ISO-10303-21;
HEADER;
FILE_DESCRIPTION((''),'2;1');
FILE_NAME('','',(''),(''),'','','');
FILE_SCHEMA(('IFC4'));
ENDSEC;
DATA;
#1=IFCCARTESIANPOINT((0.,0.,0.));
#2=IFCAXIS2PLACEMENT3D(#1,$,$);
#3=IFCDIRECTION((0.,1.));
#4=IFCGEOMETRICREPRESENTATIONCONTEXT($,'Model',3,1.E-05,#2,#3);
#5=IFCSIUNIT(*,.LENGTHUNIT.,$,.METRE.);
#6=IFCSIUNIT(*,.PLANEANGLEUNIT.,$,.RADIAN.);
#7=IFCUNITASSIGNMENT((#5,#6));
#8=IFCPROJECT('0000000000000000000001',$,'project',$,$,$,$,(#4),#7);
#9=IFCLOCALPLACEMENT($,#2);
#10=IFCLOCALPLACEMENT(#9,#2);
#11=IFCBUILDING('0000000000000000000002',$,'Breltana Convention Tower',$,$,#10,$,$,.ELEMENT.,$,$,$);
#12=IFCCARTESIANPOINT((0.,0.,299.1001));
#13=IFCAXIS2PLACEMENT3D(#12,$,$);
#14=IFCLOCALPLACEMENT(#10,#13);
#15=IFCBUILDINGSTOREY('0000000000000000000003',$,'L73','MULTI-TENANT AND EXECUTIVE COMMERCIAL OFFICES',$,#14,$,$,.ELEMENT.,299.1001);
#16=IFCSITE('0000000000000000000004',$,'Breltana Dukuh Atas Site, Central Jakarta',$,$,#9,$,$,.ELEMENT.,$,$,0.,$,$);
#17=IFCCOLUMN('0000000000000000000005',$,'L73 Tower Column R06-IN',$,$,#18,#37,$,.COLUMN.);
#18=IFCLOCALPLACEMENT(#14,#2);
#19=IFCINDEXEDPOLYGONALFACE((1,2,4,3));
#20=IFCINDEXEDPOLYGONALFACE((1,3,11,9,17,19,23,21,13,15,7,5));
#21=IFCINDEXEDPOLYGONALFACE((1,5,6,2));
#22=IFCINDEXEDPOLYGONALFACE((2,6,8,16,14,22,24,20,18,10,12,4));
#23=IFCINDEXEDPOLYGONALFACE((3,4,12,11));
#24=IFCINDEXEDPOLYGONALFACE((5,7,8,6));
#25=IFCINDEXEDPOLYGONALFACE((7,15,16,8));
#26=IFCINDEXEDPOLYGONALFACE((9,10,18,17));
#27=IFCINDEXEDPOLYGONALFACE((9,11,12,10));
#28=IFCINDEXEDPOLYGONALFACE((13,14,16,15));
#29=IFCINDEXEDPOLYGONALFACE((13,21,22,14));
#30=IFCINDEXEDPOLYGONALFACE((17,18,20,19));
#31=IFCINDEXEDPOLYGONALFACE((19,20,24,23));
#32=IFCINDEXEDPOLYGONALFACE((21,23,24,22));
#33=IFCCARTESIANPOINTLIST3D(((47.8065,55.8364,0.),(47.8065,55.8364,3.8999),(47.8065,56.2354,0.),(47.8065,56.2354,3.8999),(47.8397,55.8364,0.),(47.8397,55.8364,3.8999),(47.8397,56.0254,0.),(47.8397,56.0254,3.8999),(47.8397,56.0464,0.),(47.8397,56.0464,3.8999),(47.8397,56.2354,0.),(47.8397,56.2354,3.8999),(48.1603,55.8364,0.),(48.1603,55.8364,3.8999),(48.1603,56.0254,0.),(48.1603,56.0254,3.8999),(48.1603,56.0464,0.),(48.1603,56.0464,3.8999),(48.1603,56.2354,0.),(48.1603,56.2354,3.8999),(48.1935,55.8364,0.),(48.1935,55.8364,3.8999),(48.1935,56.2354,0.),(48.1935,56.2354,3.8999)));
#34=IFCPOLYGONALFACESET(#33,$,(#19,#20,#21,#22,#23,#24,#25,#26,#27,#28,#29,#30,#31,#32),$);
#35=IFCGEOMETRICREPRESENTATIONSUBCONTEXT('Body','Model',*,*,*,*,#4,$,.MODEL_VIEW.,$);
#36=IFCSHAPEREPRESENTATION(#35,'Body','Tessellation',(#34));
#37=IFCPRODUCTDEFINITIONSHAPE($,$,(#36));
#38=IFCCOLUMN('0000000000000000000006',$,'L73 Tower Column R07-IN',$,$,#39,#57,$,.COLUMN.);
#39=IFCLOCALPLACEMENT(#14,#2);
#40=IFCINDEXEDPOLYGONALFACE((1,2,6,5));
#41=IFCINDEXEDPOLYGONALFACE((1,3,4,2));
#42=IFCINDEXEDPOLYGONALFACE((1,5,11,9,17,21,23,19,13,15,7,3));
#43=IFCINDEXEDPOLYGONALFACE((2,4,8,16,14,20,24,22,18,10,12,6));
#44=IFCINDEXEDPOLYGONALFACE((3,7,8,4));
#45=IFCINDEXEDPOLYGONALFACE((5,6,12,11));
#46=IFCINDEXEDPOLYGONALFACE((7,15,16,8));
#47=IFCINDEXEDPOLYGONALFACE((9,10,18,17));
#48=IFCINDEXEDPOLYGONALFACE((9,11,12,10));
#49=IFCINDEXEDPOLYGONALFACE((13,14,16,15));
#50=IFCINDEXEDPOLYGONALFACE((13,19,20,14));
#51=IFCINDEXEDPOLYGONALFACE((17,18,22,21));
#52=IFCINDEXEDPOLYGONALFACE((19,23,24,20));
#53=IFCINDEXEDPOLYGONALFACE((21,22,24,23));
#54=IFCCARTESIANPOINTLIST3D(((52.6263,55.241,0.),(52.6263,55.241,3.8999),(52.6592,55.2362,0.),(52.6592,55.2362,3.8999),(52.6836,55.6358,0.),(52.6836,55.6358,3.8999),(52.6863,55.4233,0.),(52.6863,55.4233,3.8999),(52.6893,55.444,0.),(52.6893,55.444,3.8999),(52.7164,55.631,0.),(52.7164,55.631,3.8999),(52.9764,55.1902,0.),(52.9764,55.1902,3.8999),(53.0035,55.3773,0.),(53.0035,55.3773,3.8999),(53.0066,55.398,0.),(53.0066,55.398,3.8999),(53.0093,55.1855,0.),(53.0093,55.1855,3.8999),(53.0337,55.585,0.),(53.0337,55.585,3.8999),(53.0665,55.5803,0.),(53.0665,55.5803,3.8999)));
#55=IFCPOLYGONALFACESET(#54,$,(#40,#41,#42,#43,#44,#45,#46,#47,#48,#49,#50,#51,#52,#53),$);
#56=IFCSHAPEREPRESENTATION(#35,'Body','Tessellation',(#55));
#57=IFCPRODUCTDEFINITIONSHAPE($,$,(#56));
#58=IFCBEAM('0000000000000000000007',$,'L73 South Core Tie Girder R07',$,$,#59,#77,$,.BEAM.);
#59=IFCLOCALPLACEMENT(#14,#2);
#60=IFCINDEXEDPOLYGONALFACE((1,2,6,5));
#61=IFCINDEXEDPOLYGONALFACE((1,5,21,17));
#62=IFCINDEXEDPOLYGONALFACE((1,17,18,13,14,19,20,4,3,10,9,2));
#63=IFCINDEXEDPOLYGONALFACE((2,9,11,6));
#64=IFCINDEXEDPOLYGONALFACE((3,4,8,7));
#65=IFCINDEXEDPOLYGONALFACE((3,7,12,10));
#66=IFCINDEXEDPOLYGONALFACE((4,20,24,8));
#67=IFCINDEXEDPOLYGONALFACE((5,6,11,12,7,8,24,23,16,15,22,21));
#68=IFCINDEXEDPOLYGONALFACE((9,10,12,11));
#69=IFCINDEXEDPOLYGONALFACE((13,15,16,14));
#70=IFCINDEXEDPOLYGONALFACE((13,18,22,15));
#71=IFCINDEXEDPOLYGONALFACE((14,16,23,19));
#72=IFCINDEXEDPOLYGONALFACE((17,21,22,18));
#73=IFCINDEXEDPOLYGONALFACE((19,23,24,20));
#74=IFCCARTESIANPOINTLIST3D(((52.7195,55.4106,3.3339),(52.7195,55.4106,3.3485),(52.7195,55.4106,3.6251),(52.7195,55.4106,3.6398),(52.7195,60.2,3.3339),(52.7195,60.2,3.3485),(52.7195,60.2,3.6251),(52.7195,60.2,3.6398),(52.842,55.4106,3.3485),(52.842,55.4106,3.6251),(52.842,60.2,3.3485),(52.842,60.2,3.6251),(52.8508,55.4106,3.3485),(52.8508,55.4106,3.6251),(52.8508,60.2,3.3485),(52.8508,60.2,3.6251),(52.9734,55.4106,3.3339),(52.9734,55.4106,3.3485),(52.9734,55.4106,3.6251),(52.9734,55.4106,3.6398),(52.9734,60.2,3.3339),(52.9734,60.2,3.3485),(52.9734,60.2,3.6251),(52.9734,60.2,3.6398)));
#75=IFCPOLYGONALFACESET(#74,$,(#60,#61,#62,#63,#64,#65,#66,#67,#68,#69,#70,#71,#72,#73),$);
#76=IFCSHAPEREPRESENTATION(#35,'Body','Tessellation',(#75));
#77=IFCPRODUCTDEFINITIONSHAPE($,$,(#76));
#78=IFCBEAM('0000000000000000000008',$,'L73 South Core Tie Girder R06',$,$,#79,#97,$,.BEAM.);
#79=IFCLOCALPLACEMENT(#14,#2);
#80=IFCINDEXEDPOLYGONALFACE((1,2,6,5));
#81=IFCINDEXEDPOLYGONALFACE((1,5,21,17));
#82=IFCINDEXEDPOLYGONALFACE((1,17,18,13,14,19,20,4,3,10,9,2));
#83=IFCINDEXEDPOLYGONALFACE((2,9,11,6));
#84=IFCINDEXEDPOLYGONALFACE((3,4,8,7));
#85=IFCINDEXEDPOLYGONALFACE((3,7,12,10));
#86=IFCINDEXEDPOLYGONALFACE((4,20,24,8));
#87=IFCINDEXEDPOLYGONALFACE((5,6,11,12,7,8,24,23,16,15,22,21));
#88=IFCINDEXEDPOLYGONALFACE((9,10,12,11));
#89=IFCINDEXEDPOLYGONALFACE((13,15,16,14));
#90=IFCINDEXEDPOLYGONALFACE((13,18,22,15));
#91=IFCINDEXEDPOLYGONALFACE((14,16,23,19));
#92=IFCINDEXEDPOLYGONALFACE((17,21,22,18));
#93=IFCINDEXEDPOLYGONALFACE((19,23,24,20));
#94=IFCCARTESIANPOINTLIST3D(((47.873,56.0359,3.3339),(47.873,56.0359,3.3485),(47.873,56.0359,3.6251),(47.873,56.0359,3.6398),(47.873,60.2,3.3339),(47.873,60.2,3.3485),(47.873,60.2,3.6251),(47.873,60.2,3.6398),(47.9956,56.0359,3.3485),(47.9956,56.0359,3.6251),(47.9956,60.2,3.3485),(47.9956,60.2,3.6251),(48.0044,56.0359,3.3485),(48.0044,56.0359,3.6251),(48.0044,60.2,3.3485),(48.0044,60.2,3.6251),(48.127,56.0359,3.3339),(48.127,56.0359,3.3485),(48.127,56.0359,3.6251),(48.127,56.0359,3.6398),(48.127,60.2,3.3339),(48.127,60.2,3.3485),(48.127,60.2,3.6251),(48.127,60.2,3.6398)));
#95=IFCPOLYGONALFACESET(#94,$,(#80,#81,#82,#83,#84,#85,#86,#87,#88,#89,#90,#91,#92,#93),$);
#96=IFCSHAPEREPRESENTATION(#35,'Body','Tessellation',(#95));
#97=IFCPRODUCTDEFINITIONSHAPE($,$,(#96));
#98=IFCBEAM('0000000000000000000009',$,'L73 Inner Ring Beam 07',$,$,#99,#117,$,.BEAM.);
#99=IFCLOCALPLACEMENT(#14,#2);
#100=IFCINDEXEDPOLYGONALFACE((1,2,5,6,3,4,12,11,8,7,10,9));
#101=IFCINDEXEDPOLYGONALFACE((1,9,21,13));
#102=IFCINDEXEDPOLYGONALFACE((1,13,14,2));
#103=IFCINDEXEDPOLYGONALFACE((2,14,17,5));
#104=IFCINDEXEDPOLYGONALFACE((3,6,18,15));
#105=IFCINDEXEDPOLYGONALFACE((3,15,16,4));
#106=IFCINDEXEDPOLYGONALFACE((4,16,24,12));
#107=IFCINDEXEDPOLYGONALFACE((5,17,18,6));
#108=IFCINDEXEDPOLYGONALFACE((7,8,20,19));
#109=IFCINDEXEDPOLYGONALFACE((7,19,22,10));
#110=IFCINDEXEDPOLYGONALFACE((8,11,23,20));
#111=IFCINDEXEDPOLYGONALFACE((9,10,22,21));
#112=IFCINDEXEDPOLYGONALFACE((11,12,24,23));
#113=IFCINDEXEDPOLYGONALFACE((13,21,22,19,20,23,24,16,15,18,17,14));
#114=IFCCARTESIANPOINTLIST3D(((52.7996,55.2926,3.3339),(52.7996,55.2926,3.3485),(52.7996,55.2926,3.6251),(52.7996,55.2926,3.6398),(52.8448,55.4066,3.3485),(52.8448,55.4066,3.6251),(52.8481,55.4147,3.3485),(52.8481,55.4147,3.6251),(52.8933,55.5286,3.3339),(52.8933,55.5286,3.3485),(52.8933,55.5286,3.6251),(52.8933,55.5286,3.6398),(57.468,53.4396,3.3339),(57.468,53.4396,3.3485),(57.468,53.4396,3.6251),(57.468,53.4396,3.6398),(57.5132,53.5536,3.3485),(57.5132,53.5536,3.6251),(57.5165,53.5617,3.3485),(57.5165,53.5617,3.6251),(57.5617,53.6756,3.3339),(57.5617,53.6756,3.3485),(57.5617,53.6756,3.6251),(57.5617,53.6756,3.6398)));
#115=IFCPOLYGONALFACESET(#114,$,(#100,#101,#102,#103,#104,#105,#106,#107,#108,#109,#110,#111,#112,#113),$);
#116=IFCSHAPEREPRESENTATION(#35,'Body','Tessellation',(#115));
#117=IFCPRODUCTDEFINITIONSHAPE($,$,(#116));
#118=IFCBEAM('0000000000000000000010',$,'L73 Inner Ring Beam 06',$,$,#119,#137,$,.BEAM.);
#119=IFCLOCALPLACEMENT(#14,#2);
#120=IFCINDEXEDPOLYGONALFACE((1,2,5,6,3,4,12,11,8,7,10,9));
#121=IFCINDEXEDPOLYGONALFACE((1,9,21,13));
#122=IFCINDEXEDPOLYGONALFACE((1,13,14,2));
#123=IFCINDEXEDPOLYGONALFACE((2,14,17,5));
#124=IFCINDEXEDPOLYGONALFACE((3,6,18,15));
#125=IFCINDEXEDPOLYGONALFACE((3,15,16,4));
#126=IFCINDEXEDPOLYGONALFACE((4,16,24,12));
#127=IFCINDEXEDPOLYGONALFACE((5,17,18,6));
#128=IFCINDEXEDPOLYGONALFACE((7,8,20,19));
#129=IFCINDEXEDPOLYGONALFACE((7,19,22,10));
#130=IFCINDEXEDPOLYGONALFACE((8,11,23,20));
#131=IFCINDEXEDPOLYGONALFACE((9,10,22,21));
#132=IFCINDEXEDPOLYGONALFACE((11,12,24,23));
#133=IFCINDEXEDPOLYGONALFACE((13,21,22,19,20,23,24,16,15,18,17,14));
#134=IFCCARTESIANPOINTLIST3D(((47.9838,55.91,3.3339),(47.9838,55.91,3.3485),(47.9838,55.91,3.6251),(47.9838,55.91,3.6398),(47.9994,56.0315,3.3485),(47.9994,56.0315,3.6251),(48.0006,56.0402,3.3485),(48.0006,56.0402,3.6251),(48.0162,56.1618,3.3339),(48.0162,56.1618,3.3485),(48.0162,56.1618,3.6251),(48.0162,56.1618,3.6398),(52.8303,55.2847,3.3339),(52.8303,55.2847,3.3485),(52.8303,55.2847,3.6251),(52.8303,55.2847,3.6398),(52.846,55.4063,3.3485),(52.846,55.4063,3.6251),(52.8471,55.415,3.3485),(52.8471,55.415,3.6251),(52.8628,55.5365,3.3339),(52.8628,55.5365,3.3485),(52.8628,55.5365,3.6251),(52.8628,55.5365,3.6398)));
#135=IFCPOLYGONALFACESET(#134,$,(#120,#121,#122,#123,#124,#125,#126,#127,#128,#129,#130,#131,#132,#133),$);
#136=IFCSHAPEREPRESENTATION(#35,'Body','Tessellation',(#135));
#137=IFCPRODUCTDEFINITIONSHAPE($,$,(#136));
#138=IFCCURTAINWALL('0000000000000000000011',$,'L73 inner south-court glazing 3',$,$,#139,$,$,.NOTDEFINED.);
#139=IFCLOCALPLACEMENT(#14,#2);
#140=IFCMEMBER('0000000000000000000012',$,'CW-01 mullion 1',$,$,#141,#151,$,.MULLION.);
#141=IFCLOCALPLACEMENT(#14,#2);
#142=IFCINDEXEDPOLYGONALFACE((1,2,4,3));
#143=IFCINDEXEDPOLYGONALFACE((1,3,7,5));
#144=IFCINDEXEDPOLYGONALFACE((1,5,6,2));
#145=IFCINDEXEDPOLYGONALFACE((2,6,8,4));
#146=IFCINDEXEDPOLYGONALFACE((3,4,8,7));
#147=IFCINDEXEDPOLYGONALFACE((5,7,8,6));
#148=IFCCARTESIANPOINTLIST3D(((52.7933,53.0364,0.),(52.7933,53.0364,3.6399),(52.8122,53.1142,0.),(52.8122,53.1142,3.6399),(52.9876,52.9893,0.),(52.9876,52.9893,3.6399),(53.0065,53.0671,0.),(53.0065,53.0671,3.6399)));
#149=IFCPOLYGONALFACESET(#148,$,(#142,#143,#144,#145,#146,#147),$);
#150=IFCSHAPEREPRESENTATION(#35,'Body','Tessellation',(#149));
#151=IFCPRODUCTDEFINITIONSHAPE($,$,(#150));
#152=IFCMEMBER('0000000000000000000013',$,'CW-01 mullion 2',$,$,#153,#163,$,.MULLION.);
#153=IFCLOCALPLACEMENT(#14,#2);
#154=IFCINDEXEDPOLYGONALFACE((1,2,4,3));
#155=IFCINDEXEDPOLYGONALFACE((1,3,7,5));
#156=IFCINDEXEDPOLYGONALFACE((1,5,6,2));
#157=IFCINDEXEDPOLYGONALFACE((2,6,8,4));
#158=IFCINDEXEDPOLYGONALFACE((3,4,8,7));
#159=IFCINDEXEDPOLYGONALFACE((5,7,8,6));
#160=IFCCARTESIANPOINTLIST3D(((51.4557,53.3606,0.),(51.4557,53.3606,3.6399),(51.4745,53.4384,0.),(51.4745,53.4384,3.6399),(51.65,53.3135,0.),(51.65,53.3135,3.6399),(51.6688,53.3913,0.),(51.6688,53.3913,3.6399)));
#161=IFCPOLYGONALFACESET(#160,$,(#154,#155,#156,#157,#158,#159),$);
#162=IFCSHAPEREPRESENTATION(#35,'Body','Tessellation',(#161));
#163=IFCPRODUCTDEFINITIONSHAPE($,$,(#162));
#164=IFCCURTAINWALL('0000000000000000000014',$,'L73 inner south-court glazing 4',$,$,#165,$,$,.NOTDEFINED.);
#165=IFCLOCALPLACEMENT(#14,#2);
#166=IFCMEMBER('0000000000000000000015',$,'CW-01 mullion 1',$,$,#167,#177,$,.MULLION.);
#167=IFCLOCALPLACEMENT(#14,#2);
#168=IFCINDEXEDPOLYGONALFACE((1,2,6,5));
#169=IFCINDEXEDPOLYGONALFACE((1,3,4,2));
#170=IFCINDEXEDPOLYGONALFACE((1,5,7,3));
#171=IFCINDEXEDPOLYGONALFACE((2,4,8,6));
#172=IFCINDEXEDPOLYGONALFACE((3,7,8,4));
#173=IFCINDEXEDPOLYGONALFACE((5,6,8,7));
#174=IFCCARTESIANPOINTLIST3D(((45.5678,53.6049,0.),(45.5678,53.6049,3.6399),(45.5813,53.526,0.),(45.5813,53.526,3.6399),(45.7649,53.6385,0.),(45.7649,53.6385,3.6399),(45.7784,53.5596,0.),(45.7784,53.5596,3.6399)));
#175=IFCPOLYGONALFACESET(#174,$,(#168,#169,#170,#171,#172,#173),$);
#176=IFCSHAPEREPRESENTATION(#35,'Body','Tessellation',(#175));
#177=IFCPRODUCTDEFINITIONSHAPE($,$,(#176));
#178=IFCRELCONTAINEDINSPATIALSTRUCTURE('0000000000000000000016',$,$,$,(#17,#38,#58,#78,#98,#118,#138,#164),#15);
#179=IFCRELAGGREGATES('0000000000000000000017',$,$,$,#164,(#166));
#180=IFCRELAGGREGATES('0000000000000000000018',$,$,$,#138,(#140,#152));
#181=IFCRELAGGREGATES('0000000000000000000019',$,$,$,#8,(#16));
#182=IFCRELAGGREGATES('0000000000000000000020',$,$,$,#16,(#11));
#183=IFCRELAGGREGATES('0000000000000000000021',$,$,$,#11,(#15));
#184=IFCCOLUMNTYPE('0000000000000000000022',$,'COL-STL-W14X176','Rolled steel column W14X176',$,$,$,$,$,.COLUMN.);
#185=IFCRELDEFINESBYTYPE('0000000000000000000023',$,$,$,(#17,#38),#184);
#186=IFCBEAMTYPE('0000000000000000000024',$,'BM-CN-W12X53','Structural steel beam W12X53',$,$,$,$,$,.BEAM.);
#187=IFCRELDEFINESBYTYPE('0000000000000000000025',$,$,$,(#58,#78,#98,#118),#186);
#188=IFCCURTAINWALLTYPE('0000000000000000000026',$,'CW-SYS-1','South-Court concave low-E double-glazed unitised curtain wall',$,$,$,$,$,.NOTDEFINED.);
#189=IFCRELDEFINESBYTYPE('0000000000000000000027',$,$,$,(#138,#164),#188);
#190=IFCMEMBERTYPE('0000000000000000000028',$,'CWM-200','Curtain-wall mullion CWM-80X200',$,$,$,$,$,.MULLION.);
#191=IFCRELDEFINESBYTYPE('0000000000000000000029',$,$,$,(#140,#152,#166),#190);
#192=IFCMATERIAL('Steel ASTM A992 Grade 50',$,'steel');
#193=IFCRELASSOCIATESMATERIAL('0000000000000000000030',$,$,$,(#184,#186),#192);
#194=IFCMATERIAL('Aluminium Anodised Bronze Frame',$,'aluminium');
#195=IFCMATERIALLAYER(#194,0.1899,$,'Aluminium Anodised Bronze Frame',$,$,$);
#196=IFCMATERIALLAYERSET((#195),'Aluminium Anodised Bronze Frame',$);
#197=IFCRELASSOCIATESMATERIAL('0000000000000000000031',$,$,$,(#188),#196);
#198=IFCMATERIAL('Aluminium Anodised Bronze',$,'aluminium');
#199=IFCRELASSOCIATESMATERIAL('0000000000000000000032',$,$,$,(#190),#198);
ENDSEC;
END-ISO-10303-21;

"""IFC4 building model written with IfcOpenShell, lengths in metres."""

from ifc_helpers import new_model, si_unit, direction, frame, origin, origin_2d, place, context, subcontext, project, spatial, rectangle, i_section, extrude, source, transform, mapped, material, layer, layer_set, material_profile, profile_set, type_object, type_shapes, element, aggregate, save


model = new_model("IFC4")

# Units and contexts
model_context = context("Model", 3, precision=1e-05, world=origin(), true_north=direction((0.0, 1.0)))
body_context = subcontext(model_context, "Body", "Model", "MODEL_VIEW")
ifc_project = project(units=[si_unit("LENGTHUNIT", "METRE"), si_unit("PLANEANGLEUNIT", "RADIAN")], contexts=[model_context])

# Site, building, storey
site_placement = place(None, origin())
site = spatial("IfcSite", under=ifc_project, at=site_placement, Name="Breltana Dukuh Atas Site, Central Jakarta", CompositionType="ELEMENT", RefElevation=0.0)
building_placement = place(site_placement, origin())
building = spatial("IfcBuilding", under=site, at=building_placement, Name="Breltana Convention Tower", CompositionType="ELEMENT")
storey_placement = place(building_placement, frame((0.0, 0.0, 299.1001)))
storey = spatial("IfcBuildingStorey", under=building, at=storey_placement, Name="L73", Description="MULTI-TENANT AND EXECUTIVE COMMERCIAL OFFICES", CompositionType="ELEMENT", Elevation=299.1001)

# Columns
ifc_material_1 = material(Name="Steel ASTM A992 Grade 50", Category="steel")
ifc_material_profile_1 = material_profile(ifc_material_1, i_section(OverallWidth=0.3989, OverallDepth=0.387, WebThickness=0.021, FlangeThickness=0.0332, at=origin_2d()), Name="W14X176")
ifc_profile_set_1 = profile_set([ifc_material_profile_1], Name="Steel ASTM A992 Grade 50")
column_type = type_object("IfcColumnType", Name="COL-STL-W14X176", Description="Rolled steel column W14X176", PredefinedType="COLUMN", material=ifc_profile_set_1)
shared_shape_1 = source(origin(), body_context, "Body", "SweptSolid", [
    extrude(i_section(OverallWidth=0.3989, OverallDepth=0.387, WebThickness=0.021, FlangeThickness=0.0332, at=origin_2d()), origin(), (0.0, 0.0, 1.0), 3.8999),
])
type_shapes(column_type, [shared_shape_1])
for number, where, z_axis, x_axis, name in (
    (1, (48.0, 56.0359, 0.0), (0.0, 0.0, 1.0), (0.0, 1.0, 0.0), "L73 Tower Column R06-IN"),
    (2, (52.8464, 55.4106, 0.0), (0.0, 0.0, 1.0), (0.143493, 0.989651, 0.0), "L73 Tower Column R07-IN"),
):
    element("IfcColumn", number, at=place(storey_placement, frame(where, z_axis=z_axis, x_axis=x_axis)), inside=storey, type_object=column_type, Name=name, PredefinedType="COLUMN", context=body_context, shape_type="MappedRepresentation", body=[
        mapped(shared_shape_1, transform((0.0, 0.0, 0.0), scale=1.0)),
    ])

# Beams
ifc_material_profile_2 = material_profile(ifc_material_1, i_section(OverallWidth=0.2539, OverallDepth=0.3059, WebThickness=0.0088, FlangeThickness=0.0146, at=origin_2d()), Name="W12X53")
ifc_profile_set_2 = profile_set([ifc_material_profile_2], Name="Steel ASTM A992 Grade 50")
beam_type = type_object("IfcBeamType", Name="BM-CN-W12X53", Description="Structural steel beam W12X53", PredefinedType="BEAM", material=ifc_profile_set_2)
shared_shape_2 = source(origin(), body_context, "Body", "SweptSolid", [
    extrude(i_section(OverallWidth=0.2539, OverallDepth=0.3059, WebThickness=0.0088, FlangeThickness=0.0146, at=origin_2d()), origin(), (0.0, 0.0, 1.0), 4.7893),
])
beam_1_placement = place(storey_placement, frame((52.8464, 60.2, 3.4868), z_axis=(0.0, -1.0, 0.0), x_axis=(1.0, 0.0, 0.0)))
element("IfcBeam", 3, at=beam_1_placement, inside=storey, type_object=beam_type, Name="L73 South Core Tie Girder R07", PredefinedType="BEAM", context=body_context, shape_type="MappedRepresentation", body=[
    mapped(shared_shape_2, transform((0.0, 0.0, 0.0), scale=1.0)),
])
shared_shape_3 = source(origin(), body_context, "Body", "SweptSolid", [
    extrude(i_section(OverallWidth=0.2539, OverallDepth=0.3059, WebThickness=0.0088, FlangeThickness=0.0146, at=origin_2d()), origin(), (0.0, 0.0, 1.0), 4.1641),
])
beam_2_placement = place(storey_placement, frame((48.0, 60.2, 3.4868), z_axis=(0.0, -1.0, 0.0), x_axis=(1.0, 0.0, 0.0)))
element("IfcBeam", 4, at=beam_2_placement, inside=storey, type_object=beam_type, Name="L73 South Core Tie Girder R06", PredefinedType="BEAM", context=body_context, shape_type="MappedRepresentation", body=[
    mapped(shared_shape_3, transform((0.0, 0.0, 0.0), scale=1.0)),
])
shared_shape_4 = source(origin(), body_context, "Body", "SweptSolid", [
    extrude(i_section(OverallWidth=0.2539, OverallDepth=0.3059, WebThickness=0.0088, FlangeThickness=0.0146, at=origin_2d()), origin(), (0.0, 0.0, 1.0), 5.0227),
])
beam_3_placement = place(storey_placement, frame((52.8464, 55.4106, 3.4868), z_axis=(0.929459, -0.368926, 0.0), x_axis=(0.368926, 0.929459, 0.0)))
element("IfcBeam", 5, at=beam_3_placement, inside=storey, type_object=beam_type, Name="L73 Inner Ring Beam 07", PredefinedType="BEAM", context=body_context, shape_type="MappedRepresentation", body=[
    mapped(shared_shape_4, transform((0.0, 0.0, 0.0), scale=1.0)),
])
shared_shape_5 = source(origin(), body_context, "Body", "SweptSolid", [
    extrude(i_section(OverallWidth=0.2539, OverallDepth=0.3059, WebThickness=0.0088, FlangeThickness=0.0146, at=origin_2d()), origin(), (0.0, 0.0, 1.0), 4.8867),
])
beam_4_placement = place(storey_placement, frame((48.0, 56.0359, 3.4868), z_axis=(0.991781, -0.127951, 0.0), x_axis=(0.127951, 0.991781, 0.0)))
element("IfcBeam", 6, at=beam_4_placement, inside=storey, type_object=beam_type, Name="L73 Inner Ring Beam 06", PredefinedType="BEAM", context=body_context, shape_type="MappedRepresentation", body=[
    mapped(shared_shape_5, transform((0.0, 0.0, 0.0), scale=1.0)),
])

# Curtain wall, members
ifc_material_2 = material(Name="Aluminium Anodised Bronze Frame", Category="aluminium")
ifc_layer_1 = layer(ifc_material_2, 0.1899, Name="Aluminium Anodised Bronze Frame")
ifc_layer_set_1 = layer_set([ifc_layer_1], Name="Aluminium Anodised Bronze Frame")
curtain_wall_type = type_object("IfcCurtainWallType", Name="CW-SYS-1", Description="South-Court concave low-E double-glazed unitised curtain wall", PredefinedType="NOTDEFINED", material=ifc_layer_set_1)
curtain_wall_1_placement = place(storey_placement, origin())
curtain_wall_1 = element("IfcCurtainWall", 7, at=curtain_wall_1_placement, inside=storey, type_object=curtain_wall_type, Name="L73 inner south-court glazing 3", PredefinedType="NOTDEFINED")
ifc_material_3 = material(Name="Aluminium Anodised Bronze", Category="aluminium")
ifc_material_profile_3 = material_profile(ifc_material_3, rectangle(XDim=0.0801, YDim=0.2, at=origin_2d()), Name="CWM-80X200")
ifc_profile_set_3 = profile_set([ifc_material_profile_3], Name="Aluminium Anodised Bronze")
member_type_1 = type_object("IfcMemberType", Name="CWM-200", Description="Curtain-wall mullion CWM-80X200", PredefinedType="MULLION", material=ifc_profile_set_3)
shared_shape_6 = source(origin(), body_context, "Body", "SweptSolid", [
    extrude(rectangle(XDim=0.0801, YDim=0.2, at=origin_2d()), origin(), (0.0, 0.0, 1.0), 3.6399),
])
member_1_placement = place(storey_placement, frame((52.8999, 53.0518, 0.0), z_axis=(0.0, 0.0, 1.0), x_axis=(-0.235517, -0.97187, 0.0)))
member_1 = element("IfcMember", 8, at=member_1_placement, type_object=member_type_1, Name="CW-01 mullion 1", PredefinedType="MULLION", context=body_context, shape_type="MappedRepresentation", body=[
    mapped(shared_shape_6, transform((0.0, 0.0, 0.0), scale=1.0)),
])
member_2_placement = place(storey_placement, frame((51.5623, 53.376, 0.0), z_axis=(0.0, 0.0, 1.0), x_axis=(-0.235517, -0.97187, 0.0)))
member_2 = element("IfcMember", 9, at=member_2_placement, type_object=member_type_1, Name="CW-01 mullion 2", PredefinedType="MULLION", context=body_context, shape_type="MappedRepresentation", body=[
    mapped(shared_shape_6, transform((0.0, 0.0, 0.0), scale=1.0)),
])

# Curtain wall, member
curtain_wall_2_placement = place(storey_placement, origin())
curtain_wall_2 = element("IfcCurtainWall", 10, at=curtain_wall_2_placement, inside=storey, type_object=curtain_wall_type, Name="L73 inner south-court glazing 4", PredefinedType="NOTDEFINED")
member_3_placement = place(storey_placement, frame((45.6731, 53.5823, 0.0), z_axis=(0.0, 0.0, 1.0), x_axis=(0.168028, -0.985782, 0.0)))
member_3 = element("IfcMember", 11, at=member_3_placement, type_object=member_type_1, Name="CW-01 mullion 1", PredefinedType="MULLION", context=body_context, shape_type="MappedRepresentation", body=[
    mapped(shared_shape_6, transform((0.0, 0.0, 0.0), scale=1.0)),
])
aggregate(curtain_wall_2, [member_3])

aggregate(curtain_wall_1, [member_1, member_2])

save(model, "model.ifc")
